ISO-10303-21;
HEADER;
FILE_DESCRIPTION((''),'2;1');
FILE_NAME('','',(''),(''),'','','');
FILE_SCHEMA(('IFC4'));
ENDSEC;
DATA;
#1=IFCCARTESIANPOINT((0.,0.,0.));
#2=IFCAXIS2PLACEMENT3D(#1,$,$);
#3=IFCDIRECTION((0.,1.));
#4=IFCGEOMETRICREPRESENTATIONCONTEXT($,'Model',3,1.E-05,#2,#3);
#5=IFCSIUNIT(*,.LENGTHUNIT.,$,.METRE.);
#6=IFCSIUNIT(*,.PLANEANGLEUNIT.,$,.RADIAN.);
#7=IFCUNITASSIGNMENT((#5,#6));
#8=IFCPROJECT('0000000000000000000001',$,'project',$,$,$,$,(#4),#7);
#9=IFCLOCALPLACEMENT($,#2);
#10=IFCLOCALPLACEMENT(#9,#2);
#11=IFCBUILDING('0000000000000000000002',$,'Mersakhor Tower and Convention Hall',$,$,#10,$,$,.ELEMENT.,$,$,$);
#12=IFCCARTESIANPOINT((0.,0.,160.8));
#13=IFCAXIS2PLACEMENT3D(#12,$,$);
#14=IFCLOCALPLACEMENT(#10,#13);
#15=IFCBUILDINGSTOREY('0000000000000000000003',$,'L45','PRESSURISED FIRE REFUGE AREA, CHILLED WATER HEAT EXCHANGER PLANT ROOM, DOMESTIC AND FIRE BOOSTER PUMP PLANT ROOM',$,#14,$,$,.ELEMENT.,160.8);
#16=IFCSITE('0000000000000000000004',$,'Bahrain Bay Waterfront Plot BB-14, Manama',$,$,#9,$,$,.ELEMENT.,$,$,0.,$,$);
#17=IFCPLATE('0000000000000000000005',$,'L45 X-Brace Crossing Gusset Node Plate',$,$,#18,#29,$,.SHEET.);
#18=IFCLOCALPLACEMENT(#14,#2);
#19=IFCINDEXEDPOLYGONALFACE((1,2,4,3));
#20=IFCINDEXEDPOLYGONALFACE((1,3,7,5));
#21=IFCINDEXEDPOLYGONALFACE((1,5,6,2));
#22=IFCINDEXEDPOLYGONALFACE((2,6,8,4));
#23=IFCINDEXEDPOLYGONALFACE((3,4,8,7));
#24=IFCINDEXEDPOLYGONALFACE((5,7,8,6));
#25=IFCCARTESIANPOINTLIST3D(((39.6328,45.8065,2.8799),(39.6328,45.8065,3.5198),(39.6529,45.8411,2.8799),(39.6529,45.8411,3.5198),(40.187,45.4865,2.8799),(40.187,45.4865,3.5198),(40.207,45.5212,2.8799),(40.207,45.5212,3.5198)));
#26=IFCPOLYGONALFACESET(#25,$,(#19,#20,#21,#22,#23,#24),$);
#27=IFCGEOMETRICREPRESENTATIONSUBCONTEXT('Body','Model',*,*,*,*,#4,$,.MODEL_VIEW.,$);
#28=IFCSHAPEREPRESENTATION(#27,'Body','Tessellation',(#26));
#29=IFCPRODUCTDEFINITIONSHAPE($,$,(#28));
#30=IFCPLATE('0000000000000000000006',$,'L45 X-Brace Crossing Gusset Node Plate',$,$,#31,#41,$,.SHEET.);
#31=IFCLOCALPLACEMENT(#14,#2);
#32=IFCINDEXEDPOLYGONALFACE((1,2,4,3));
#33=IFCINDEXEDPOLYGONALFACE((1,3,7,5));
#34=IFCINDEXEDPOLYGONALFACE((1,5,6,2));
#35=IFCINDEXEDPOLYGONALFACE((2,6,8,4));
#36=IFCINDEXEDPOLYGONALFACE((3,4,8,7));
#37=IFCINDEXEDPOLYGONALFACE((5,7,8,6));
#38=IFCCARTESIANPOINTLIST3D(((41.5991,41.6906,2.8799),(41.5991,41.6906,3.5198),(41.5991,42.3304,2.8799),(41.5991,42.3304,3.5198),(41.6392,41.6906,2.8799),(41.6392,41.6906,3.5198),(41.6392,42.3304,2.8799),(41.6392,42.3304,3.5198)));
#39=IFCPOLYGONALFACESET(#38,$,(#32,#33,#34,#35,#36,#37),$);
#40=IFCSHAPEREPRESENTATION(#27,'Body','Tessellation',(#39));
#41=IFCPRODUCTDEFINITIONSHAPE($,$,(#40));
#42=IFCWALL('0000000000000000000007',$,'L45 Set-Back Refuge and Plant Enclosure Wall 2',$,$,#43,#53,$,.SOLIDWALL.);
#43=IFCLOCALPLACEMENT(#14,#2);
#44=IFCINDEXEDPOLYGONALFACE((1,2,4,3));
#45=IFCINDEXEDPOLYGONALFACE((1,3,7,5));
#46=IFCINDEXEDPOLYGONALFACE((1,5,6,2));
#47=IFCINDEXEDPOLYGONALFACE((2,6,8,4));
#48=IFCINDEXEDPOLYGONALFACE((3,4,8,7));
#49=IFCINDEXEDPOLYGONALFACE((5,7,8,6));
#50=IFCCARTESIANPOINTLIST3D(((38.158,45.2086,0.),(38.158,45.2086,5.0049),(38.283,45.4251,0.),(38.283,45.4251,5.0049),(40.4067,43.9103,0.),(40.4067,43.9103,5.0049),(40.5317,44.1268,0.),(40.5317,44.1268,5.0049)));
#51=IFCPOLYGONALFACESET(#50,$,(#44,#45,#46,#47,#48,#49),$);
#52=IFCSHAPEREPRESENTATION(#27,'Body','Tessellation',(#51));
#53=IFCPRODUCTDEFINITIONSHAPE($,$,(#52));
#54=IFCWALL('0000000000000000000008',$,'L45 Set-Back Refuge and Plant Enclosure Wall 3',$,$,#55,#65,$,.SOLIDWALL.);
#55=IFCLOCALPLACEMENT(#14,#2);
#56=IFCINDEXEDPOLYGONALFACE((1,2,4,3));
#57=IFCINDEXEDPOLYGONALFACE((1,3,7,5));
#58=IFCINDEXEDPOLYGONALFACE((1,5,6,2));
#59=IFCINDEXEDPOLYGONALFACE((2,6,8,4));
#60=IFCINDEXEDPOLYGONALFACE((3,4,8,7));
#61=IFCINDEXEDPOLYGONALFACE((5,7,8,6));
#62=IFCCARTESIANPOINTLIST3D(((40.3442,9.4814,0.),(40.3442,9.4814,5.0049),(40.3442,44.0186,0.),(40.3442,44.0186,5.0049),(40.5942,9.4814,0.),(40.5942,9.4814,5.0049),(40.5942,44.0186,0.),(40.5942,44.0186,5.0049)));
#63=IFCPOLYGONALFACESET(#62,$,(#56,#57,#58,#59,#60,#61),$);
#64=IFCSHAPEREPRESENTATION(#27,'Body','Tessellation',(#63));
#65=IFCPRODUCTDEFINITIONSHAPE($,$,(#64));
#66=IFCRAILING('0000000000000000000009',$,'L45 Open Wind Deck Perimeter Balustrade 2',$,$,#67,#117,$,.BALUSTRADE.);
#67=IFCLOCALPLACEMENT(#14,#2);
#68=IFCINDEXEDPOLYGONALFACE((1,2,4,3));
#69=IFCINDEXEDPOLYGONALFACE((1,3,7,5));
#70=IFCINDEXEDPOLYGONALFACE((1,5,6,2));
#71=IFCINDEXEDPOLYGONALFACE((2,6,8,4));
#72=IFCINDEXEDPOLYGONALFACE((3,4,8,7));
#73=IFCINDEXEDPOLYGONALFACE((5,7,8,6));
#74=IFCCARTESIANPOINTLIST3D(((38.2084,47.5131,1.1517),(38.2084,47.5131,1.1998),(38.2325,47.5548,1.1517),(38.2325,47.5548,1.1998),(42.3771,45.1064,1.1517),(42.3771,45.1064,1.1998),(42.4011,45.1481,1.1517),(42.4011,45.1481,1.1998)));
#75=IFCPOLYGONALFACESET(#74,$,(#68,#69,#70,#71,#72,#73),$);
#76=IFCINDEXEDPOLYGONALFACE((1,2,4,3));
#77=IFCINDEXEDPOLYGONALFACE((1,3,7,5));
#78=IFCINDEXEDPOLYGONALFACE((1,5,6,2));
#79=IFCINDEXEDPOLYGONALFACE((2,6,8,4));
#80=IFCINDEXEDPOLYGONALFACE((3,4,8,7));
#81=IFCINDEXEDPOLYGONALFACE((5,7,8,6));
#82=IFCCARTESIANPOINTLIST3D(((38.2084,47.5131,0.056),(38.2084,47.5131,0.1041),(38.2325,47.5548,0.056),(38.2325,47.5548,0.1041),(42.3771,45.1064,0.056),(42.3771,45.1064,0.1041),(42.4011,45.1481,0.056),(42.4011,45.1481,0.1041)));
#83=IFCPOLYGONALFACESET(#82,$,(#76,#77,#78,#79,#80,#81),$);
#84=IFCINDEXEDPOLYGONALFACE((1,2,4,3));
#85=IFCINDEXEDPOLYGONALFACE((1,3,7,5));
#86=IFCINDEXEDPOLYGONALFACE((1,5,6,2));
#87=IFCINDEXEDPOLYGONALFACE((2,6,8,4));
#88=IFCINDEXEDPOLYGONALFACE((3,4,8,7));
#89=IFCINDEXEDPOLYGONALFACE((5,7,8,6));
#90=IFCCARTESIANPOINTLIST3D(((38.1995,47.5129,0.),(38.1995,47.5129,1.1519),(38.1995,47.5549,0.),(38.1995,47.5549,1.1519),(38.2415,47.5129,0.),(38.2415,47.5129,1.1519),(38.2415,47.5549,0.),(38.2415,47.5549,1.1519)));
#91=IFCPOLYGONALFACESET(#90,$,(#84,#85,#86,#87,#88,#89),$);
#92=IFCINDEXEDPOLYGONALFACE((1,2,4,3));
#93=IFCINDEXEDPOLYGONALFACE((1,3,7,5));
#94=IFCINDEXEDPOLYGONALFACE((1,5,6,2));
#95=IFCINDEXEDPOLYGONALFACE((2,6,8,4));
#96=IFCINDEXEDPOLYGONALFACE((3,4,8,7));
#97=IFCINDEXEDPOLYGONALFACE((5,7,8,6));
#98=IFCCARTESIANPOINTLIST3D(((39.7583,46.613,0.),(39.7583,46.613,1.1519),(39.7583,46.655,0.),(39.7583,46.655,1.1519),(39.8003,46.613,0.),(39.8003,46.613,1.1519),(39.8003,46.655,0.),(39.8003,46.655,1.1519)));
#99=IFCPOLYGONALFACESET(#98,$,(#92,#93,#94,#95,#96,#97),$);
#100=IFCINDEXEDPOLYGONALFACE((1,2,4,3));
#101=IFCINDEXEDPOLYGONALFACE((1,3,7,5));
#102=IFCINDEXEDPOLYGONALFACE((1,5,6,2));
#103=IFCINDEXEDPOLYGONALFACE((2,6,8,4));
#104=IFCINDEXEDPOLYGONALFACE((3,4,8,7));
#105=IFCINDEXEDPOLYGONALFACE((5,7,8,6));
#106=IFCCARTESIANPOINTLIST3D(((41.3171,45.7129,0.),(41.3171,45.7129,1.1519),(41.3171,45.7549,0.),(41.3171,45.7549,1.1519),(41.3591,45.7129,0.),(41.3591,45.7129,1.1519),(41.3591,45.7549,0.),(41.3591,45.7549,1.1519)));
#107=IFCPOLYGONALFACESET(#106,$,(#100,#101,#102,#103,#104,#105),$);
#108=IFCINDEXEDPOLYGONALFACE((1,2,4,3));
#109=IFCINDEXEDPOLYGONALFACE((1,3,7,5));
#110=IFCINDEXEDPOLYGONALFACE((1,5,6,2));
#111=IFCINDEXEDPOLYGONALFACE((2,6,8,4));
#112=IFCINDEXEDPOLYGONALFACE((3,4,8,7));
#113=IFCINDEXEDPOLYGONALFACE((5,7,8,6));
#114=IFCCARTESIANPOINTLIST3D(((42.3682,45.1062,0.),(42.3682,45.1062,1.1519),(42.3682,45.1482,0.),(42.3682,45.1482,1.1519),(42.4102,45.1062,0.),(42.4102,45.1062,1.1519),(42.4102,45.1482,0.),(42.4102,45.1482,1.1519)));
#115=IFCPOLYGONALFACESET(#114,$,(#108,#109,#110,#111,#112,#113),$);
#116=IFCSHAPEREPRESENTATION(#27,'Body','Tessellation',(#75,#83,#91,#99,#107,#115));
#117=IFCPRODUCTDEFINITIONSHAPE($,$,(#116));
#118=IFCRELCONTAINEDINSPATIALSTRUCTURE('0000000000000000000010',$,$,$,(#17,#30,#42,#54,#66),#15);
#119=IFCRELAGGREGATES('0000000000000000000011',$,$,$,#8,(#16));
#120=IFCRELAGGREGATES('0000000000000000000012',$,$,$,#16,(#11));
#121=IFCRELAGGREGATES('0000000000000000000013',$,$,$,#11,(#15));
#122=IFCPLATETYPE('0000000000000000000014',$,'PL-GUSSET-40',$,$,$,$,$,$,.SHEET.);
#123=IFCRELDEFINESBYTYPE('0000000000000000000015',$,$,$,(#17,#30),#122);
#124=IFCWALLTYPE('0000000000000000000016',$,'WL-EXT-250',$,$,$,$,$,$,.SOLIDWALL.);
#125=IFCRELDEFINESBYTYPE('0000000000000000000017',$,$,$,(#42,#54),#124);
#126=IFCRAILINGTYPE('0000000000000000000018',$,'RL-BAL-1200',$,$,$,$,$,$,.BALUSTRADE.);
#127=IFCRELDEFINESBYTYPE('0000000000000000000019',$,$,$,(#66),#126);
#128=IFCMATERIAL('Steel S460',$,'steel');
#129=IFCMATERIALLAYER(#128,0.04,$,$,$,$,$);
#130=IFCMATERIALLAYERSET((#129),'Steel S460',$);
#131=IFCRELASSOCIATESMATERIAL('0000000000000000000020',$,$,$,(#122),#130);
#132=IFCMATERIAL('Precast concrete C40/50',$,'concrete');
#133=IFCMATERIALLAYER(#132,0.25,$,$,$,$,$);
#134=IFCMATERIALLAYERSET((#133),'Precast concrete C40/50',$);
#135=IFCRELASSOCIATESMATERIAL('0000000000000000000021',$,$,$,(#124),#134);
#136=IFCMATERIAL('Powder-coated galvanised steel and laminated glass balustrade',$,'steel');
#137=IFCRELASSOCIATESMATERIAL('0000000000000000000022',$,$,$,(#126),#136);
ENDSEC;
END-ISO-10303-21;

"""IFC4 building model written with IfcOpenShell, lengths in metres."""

from ifc_helpers import new_model, si_unit, direction, frame, frame_2d, origin, origin_2d, place, context, subcontext, project, spatial, rectangle, extrude, material, layer, layer_set, type_object, element, save


model = new_model("IFC4")

# Units and contexts
model_context = context("Model", 3, precision=1e-05, world=origin(), true_north=direction((0.0, 1.0)))
body_context = subcontext(model_context, "Body", "Model", "MODEL_VIEW")
ifc_project = project(units=[si_unit("LENGTHUNIT", "METRE"), si_unit("PLANEANGLEUNIT", "RADIAN")], contexts=[model_context])

# Site, building, storey
site_placement = place(None, origin())
site = spatial("IfcSite", under=ifc_project, at=site_placement, Name="Bahrain Bay Waterfront Plot BB-14, Manama", CompositionType="ELEMENT", RefElevation=0.0)
building_placement = place(site_placement, origin())
building = spatial("IfcBuilding", under=site, at=building_placement, Name="Mersakhor Tower and Convention Hall", CompositionType="ELEMENT")
storey_placement = place(building_placement, frame((0.0, 0.0, 160.8)))
storey = spatial("IfcBuildingStorey", under=building, at=storey_placement, Name="L45", Description="PRESSURISED FIRE REFUGE AREA, CHILLED WATER HEAT EXCHANGER PLANT ROOM, DOMESTIC AND FIRE BOOSTER PUMP PLANT ROOM", CompositionType="ELEMENT", Elevation=160.8)

# Plates
ifc_material_1 = material(Name="Steel S460", Category="steel")
ifc_layer_1 = layer(ifc_material_1, 0.04)
ifc_layer_set_1 = layer_set([ifc_layer_1], Name="Steel S460")
plate_type_1 = type_object("IfcPlateType", Name="PL-GUSSET-40", PredefinedType="SHEET", material=ifc_layer_set_1)
for number, where, z_axis, x_axis, name in (
    (1, (39.9199, 45.6638, 2.8799), (0.0, 0.0, 1.0), (-0.866025, 0.5, 0.0), "L45 X-Brace Crossing Gusset Node Plate"),
    (2, (41.6191, 42.0105, 2.8799), (0.0, 0.0, 1.0), (0.0, 1.0, 0.0), "L45 X-Brace Crossing Gusset Node Plate"),
):
    element("IfcPlate", number, at=place(storey_placement, frame(where, z_axis=z_axis, x_axis=x_axis)), inside=storey, type_object=plate_type_1, Name=name, PredefinedType="SHEET", context=body_context, shape_type="SweptSolid", body=[
        extrude(rectangle(XDim=0.6399, YDim=0.04, at=origin_2d()), origin(), (0.0, 0.0, 1.0), 0.6399),
    ])

# Walls
ifc_material_2 = material(Name="Precast concrete C40/50", Category="concrete")
ifc_layer_2 = layer(ifc_material_2, 0.25)
ifc_layer_set_2 = layer_set([ifc_layer_2], Name="Precast concrete C40/50")
wall_type = type_object("IfcWallType", Name="WL-EXT-250", PredefinedType="SOLIDWALL", material=ifc_layer_set_2)
wall_1_placement = place(storey_placement, frame((38.2205, 45.3169, 0.0), z_axis=(0.0, 0.0, 1.0), x_axis=(0.866024, -0.500002, 0.0)))
element("IfcWall", 3, at=wall_1_placement, inside=storey, type_object=wall_type, Name="L45 Set-Back Refuge and Plant Enclosure Wall 2", PredefinedType="SOLIDWALL", context=body_context, shape_type="SweptSolid", body=[
    extrude(rectangle(XDim=2.5967, YDim=0.25, at=frame_2d((1.2983, 0.0))), origin(), (0.0, 0.0, 1.0), 5.0049),
])
wall_2_placement = place(storey_placement, frame((40.4692, 44.0186, 0.0), z_axis=(0.0, 0.0, 1.0), x_axis=(0.0, -1.0, 0.0)))
element("IfcWall", 4, at=wall_2_placement, inside=storey, type_object=wall_type, Name="L45 Set-Back Refuge and Plant Enclosure Wall 3", PredefinedType="SOLIDWALL", context=body_context, shape_type="SweptSolid", body=[
    extrude(rectangle(XDim=34.5371, YDim=0.25, at=frame_2d((17.2686, 0.0))), origin(), (0.0, 0.0, 1.0), 5.0049),
])

# Railing
ifc_material_3 = material(Name="Powder-coated galvanised steel and laminated glass balustrade", Category="steel")
railing_type = type_object("IfcRailingType", Name="RL-BAL-1200", PredefinedType="BALUSTRADE", material=ifc_material_3)
railing_1_placement = place(storey_placement, frame((38.2205, 47.5339, 0.0)))
element("IfcRailing", 5, at=railing_1_placement, inside=storey, type_object=railing_type, Name="L45 Open Wind Deck Perimeter Balustrade 2", PredefinedType="BALUSTRADE", context=body_context, shape_type="SweptSolid", body=[
    extrude(rectangle(XDim=0.0481, YDim=0.0481, at=origin_2d()), frame((0.0, 0.0, 1.1758), z_axis=(0.866031, -0.49999, 0.0), x_axis=(0.49999, 0.866031, 0.0)), (0.0, 0.0, 1.0), 4.8135),
    extrude(rectangle(XDim=0.0481, YDim=0.0481, at=origin_2d()), frame((0.0, 0.0, 0.0801), z_axis=(0.866031, -0.49999, 0.0), x_axis=(0.49999, 0.866031, 0.0)), (0.0, 0.0, 1.0), 4.8135),
    extrude(rectangle(XDim=0.042, YDim=0.042, at=origin_2d()), origin(), (0.0, 0.0, 1.0), 1.1519),
    extrude(rectangle(XDim=0.042, YDim=0.042, at=origin_2d()), frame((1.5588, -0.8999, 0.0)), (0.0, 0.0, 1.0), 1.1519),
    extrude(rectangle(XDim=0.042, YDim=0.042, at=origin_2d()), frame((3.1177, -1.8, 0.0)), (0.0, 0.0, 1.0), 1.1519),
    extrude(rectangle(XDim=0.042, YDim=0.042, at=origin_2d()), frame((4.1687, -2.4067, 0.0)), (0.0, 0.0, 1.0), 1.1519),
])

save(model, "model.ifc")
